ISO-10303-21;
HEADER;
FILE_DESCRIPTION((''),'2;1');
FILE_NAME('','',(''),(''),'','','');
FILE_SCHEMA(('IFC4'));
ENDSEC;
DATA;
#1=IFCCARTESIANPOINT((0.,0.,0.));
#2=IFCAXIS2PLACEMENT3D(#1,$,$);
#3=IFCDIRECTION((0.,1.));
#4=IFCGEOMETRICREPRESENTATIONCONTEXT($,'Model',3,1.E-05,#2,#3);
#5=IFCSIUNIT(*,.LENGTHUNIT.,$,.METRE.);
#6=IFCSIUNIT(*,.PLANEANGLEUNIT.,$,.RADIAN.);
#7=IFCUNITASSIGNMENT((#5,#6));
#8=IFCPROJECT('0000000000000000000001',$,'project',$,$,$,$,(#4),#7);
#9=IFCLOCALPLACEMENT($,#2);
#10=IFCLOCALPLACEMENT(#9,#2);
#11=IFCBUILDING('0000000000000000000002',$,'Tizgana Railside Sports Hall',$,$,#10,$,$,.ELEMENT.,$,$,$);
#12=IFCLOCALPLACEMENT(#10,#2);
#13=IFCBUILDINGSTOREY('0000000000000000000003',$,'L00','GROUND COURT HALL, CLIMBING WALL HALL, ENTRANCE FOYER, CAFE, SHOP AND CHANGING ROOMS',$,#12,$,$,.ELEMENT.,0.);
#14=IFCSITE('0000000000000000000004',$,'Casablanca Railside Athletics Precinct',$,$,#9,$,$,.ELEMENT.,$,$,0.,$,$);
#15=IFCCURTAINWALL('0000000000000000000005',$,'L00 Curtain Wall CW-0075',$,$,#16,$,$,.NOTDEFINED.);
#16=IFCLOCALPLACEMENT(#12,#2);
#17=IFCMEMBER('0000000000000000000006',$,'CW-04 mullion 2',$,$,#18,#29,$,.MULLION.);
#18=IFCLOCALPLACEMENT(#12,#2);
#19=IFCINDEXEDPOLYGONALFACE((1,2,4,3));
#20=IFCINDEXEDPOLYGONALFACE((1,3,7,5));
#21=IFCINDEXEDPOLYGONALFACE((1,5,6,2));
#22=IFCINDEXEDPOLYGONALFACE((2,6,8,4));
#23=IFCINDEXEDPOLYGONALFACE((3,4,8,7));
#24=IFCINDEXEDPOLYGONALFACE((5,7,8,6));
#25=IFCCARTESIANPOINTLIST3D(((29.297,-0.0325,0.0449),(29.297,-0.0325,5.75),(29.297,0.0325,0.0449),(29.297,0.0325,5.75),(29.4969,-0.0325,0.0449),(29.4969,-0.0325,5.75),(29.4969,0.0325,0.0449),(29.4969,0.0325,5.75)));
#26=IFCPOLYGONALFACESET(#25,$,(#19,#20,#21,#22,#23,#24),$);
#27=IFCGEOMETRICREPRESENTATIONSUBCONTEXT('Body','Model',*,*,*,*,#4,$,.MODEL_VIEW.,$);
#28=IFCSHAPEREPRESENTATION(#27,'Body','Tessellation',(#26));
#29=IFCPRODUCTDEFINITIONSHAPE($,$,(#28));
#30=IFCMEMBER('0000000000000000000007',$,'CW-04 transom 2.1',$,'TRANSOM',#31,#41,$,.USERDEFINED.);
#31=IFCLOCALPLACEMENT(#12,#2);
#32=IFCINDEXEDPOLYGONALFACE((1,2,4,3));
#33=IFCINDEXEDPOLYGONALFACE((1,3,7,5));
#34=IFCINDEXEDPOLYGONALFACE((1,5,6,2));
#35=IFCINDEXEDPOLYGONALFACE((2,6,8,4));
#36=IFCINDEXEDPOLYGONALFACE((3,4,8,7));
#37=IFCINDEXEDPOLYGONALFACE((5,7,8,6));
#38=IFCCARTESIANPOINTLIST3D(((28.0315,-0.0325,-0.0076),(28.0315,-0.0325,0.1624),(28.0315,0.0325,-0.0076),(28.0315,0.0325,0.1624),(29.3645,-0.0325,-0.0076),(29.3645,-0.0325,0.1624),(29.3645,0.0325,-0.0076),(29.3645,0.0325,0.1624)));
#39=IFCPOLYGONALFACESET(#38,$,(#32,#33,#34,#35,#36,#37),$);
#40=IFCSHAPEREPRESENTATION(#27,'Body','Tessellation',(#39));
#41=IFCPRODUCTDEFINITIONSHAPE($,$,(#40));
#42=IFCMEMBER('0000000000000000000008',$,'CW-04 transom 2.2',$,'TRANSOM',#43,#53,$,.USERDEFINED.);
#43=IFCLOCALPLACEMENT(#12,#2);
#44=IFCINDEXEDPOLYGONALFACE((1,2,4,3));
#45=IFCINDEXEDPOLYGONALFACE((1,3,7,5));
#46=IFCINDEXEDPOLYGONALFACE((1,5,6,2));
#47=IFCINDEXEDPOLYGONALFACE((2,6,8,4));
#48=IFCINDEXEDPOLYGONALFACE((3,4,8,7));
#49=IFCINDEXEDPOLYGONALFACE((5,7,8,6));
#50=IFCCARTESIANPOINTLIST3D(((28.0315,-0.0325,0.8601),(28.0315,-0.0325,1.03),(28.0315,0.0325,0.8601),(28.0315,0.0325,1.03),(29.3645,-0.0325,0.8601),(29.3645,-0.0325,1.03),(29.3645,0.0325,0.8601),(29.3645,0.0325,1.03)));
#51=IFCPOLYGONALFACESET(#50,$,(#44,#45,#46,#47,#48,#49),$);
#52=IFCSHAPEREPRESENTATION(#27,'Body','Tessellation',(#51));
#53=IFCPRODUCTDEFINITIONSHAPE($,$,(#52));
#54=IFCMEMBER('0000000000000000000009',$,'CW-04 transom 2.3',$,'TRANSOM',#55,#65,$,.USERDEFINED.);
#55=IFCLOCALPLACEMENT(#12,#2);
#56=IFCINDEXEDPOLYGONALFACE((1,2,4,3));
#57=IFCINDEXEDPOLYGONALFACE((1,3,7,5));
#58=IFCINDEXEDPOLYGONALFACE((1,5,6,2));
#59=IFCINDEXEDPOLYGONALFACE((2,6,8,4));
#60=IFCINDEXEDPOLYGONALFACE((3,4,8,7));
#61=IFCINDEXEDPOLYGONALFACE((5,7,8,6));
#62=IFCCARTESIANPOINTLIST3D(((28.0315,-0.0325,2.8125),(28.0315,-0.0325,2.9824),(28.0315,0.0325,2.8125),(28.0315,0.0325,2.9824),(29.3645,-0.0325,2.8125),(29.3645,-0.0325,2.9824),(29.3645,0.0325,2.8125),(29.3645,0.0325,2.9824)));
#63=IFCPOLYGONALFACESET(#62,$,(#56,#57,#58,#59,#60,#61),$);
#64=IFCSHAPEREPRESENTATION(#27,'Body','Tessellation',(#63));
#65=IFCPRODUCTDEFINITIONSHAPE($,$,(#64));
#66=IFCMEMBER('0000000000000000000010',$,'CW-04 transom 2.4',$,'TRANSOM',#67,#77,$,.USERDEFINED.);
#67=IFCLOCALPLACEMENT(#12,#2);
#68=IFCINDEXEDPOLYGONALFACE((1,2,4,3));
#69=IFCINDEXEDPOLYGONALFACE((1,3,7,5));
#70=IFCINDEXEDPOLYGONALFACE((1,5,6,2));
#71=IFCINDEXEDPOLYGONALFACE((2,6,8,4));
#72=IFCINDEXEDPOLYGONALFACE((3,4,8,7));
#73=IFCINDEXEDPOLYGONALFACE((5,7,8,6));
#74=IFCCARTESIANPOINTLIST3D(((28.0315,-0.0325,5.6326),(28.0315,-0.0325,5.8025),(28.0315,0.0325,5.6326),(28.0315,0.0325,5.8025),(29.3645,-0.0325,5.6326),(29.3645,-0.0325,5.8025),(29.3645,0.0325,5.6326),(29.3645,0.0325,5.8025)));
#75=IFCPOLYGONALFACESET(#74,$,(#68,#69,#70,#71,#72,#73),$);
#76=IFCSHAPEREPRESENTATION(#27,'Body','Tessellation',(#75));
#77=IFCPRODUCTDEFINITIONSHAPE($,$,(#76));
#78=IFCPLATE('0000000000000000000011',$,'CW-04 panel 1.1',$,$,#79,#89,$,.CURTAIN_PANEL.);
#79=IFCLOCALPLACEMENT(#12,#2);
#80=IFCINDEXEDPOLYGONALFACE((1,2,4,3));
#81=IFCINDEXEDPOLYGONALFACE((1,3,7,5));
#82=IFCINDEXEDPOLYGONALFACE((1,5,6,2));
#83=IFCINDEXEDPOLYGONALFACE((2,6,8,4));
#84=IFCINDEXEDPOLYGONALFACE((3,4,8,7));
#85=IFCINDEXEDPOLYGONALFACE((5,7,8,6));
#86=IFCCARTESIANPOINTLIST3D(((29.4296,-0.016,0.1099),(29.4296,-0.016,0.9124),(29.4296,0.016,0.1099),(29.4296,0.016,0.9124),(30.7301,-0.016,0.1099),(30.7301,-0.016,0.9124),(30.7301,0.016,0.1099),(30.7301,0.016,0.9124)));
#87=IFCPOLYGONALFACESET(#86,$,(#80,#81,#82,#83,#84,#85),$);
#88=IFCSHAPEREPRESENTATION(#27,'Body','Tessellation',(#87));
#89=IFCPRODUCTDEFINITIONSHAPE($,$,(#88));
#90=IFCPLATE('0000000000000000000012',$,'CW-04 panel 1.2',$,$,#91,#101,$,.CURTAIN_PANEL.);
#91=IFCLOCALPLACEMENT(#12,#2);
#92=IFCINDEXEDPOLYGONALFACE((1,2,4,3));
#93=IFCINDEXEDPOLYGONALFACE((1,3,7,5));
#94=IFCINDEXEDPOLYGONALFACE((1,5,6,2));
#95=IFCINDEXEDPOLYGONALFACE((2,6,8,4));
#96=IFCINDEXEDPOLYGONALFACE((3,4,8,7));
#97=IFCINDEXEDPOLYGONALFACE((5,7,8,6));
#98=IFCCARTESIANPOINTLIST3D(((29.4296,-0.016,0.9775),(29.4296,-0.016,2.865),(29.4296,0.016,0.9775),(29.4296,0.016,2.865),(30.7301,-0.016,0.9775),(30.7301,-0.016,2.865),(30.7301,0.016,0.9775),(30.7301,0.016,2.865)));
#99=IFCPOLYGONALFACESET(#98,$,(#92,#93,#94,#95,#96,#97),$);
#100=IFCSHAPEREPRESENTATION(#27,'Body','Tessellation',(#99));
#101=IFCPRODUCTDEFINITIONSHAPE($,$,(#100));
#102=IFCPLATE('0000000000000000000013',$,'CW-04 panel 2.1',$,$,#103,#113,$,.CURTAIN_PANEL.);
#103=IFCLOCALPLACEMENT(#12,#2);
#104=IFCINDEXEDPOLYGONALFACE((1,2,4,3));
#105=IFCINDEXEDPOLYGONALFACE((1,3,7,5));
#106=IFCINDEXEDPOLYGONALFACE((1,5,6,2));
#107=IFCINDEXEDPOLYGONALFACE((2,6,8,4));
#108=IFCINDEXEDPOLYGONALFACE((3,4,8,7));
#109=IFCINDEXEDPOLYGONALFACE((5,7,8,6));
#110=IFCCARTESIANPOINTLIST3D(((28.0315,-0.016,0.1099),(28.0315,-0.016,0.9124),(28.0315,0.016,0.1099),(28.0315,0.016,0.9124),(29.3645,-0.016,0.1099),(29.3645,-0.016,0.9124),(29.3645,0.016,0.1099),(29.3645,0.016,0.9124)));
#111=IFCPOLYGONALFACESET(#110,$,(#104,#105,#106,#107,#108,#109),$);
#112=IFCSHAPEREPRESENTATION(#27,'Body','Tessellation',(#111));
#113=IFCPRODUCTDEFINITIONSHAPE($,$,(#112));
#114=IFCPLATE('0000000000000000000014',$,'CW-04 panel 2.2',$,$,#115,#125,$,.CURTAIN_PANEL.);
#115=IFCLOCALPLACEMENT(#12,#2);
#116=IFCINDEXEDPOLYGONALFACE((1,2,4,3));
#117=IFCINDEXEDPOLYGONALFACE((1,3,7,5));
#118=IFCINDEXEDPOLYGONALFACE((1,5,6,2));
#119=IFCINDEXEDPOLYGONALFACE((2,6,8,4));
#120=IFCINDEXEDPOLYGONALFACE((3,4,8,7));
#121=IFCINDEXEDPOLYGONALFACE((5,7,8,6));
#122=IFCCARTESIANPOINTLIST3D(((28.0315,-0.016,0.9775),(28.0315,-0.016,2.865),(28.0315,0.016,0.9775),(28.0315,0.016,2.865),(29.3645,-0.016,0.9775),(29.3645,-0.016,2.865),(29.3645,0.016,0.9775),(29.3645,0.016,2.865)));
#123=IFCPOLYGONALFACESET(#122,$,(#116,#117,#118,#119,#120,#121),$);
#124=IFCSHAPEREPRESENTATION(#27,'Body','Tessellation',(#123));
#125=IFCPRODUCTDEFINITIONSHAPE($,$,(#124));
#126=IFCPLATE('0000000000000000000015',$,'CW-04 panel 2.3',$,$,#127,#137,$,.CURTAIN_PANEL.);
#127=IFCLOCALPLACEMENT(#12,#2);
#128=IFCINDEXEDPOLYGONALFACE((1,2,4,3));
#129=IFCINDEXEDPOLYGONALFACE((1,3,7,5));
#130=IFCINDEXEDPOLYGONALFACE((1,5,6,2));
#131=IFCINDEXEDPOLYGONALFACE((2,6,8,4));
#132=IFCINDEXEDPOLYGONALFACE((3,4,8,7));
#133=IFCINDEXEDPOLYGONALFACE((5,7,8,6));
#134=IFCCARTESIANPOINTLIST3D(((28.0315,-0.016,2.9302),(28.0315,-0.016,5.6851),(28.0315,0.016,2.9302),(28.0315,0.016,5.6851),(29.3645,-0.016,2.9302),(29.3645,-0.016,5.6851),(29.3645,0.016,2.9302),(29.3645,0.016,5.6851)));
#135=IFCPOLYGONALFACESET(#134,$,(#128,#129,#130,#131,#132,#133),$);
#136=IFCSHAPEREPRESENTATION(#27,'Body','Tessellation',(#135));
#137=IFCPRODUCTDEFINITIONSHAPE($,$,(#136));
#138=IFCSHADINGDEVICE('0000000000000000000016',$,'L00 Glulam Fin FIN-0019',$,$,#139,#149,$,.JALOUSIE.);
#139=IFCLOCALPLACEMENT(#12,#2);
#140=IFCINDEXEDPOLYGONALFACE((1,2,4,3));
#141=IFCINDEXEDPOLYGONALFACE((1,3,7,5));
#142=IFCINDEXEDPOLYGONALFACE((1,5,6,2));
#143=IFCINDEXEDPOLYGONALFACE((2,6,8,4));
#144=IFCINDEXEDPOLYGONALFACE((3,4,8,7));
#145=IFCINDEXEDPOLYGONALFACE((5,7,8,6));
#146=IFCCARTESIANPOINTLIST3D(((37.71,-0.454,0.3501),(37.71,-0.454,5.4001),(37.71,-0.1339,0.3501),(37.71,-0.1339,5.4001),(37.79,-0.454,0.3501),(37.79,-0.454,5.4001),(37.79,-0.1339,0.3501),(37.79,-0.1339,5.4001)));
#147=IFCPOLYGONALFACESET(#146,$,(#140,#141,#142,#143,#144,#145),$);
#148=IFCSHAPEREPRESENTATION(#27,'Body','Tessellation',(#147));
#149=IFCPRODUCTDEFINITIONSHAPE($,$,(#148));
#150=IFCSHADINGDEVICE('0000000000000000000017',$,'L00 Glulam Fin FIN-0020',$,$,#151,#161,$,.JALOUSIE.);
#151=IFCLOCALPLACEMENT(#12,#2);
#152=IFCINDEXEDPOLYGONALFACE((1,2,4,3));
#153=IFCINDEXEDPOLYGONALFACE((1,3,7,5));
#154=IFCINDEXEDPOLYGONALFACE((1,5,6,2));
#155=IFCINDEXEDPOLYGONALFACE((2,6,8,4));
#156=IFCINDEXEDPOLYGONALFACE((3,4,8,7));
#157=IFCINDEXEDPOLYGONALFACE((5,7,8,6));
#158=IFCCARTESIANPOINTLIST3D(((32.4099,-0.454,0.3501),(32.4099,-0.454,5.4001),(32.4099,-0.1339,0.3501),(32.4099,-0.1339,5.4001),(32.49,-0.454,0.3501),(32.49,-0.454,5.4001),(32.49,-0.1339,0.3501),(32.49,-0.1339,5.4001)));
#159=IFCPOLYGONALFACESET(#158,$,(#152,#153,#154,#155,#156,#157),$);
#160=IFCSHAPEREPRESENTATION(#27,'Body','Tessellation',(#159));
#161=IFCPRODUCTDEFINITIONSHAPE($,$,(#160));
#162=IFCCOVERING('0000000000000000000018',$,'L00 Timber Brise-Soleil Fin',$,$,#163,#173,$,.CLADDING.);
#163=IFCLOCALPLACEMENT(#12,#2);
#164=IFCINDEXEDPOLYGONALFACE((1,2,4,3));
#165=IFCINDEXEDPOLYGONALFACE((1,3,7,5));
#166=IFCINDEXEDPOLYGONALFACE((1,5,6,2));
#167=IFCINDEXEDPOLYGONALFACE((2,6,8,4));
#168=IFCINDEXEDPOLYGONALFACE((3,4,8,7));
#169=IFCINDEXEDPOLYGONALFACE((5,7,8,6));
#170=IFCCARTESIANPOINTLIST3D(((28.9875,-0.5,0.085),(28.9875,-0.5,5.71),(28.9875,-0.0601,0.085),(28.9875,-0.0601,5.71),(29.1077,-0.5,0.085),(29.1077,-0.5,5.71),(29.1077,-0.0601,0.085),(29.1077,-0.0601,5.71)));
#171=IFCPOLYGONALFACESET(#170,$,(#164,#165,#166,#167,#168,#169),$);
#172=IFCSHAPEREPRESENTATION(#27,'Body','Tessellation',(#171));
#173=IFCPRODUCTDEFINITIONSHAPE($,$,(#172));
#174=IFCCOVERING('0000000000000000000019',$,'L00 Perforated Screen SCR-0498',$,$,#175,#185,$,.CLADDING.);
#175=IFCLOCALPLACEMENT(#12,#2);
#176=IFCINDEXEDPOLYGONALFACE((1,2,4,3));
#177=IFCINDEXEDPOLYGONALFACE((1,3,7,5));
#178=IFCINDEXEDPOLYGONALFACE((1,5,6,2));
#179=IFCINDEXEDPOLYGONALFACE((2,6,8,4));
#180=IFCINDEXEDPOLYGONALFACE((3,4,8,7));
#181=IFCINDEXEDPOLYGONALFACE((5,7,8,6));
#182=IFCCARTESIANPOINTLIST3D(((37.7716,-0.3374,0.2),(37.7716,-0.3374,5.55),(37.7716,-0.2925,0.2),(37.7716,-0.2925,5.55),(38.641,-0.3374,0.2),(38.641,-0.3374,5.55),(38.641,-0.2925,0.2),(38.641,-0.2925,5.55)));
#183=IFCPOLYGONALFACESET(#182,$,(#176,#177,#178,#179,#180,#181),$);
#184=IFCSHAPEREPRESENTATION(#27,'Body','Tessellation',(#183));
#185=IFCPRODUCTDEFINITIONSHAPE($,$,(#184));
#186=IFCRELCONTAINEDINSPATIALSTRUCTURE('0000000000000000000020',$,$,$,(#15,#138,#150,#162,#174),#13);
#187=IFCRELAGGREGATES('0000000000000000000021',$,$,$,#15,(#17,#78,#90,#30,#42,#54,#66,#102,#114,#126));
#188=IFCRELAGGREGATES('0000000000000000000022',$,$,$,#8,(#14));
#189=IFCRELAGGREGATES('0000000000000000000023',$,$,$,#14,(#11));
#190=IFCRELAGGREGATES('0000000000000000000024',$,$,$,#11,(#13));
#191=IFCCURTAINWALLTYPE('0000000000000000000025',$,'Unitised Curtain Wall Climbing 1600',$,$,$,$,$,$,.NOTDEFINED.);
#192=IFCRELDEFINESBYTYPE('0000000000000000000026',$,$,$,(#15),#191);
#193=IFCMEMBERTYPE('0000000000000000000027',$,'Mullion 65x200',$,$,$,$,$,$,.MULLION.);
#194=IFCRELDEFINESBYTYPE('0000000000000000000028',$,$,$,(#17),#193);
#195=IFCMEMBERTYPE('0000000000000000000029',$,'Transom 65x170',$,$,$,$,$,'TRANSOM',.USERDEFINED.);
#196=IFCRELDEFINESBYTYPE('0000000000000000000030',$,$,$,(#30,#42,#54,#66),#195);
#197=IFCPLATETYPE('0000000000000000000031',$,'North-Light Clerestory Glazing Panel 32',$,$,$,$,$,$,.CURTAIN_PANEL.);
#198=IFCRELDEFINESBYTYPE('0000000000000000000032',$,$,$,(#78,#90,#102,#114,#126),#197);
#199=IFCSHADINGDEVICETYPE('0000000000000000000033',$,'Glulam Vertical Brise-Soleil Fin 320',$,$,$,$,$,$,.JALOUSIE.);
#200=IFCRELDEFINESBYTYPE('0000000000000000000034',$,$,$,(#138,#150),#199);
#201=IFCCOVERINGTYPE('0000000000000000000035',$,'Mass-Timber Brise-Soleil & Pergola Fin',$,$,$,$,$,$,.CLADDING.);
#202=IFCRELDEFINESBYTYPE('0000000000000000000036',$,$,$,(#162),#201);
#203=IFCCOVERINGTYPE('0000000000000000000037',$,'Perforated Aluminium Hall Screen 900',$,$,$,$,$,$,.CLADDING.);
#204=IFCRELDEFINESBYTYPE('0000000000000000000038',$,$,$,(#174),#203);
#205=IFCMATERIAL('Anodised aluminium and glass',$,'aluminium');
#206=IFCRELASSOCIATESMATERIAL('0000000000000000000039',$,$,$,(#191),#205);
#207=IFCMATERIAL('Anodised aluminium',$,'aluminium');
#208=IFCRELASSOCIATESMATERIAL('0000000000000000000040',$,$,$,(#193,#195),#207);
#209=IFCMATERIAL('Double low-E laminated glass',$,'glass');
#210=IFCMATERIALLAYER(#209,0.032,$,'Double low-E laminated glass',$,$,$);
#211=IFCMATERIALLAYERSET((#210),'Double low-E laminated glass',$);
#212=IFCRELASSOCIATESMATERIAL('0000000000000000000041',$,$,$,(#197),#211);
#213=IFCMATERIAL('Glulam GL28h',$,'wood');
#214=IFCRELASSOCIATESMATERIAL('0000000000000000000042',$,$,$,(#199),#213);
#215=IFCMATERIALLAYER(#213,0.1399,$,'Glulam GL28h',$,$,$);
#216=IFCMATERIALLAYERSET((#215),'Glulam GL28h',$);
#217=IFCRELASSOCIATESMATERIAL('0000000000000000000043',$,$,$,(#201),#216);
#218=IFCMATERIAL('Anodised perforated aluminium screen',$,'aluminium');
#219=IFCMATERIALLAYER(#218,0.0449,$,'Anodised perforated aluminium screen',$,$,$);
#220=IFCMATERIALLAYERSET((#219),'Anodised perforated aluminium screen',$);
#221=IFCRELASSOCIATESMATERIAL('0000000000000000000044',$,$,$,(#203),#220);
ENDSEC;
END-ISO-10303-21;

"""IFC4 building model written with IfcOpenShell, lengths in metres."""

from ifc_helpers import new_model, si_unit, direction, frame, origin, origin_2d, place, context, subcontext, project, spatial, rectangle, extrude, material, layer, layer_set, material_profile, profile_set, type_object, element, aggregate, save


model = new_model("IFC4")

# Units and contexts
model_context = context("Model", 3, precision=1e-05, world=origin(), true_north=direction((0.0, 1.0)))
body_context = subcontext(model_context, "Body", "Model", "MODEL_VIEW")
ifc_project = project(units=[si_unit("LENGTHUNIT", "METRE"), si_unit("PLANEANGLEUNIT", "RADIAN")], contexts=[model_context])

# Site, building, storey
site_placement = place(None, origin())
site = spatial("IfcSite", under=ifc_project, at=site_placement, Name="Casablanca Railside Athletics Precinct", CompositionType="ELEMENT", RefElevation=0.0)
building_placement = place(site_placement, origin())
building = spatial("IfcBuilding", under=site, at=building_placement, Name="Tizgana Railside Sports Hall", CompositionType="ELEMENT")
storey_placement = place(building_placement, origin())
storey = spatial("IfcBuildingStorey", under=building, at=storey_placement, Name="L00", Description="GROUND COURT HALL, CLIMBING WALL HALL, ENTRANCE FOYER, CAFE, SHOP AND CHANGING ROOMS", CompositionType="ELEMENT", Elevation=0.0)

# Curtain wall, members, plates
ifc_material_1 = material(Name="Anodised aluminium and glass", Category="aluminium")
curtain_wall_type = type_object("IfcCurtainWallType", Name="Unitised Curtain Wall Climbing 1600", PredefinedType="NOTDEFINED", material=ifc_material_1)
curtain_wall_placement = place(storey_placement, origin())
curtain_wall = element("IfcCurtainWall", 1, at=curtain_wall_placement, inside=storey, type_object=curtain_wall_type, Name="L00 Curtain Wall CW-0075", PredefinedType="NOTDEFINED")
ifc_material_2 = material(Name="Anodised aluminium", Category="aluminium")
ifc_material_profile_1 = material_profile(ifc_material_2, rectangle(XDim=0.0649, YDim=0.2, at=origin_2d()), Name="Mullion 65x200")
ifc_profile_set_1 = profile_set([ifc_material_profile_1], Name="Anodised aluminium")
member_type_1 = type_object("IfcMemberType", Name="Mullion 65x200", PredefinedType="MULLION", material=ifc_profile_set_1)
member_1_placement = place(storey_placement, frame((29.397, 0.0, 0.0449), z_axis=(0.0, 0.0, 1.0), x_axis=(0.0, -1.0, 0.0)))
member_1 = element("IfcMember", 2, at=member_1_placement, type_object=member_type_1, Name="CW-04 mullion 2", PredefinedType="MULLION", context=body_context, shape_type="SweptSolid", body=[
    extrude(rectangle(XDim=0.0649, YDim=0.2, at=origin_2d()), origin(), (0.0, 0.0, 1.0), 5.7051),
])
ifc_material_profile_2 = material_profile(ifc_material_2, rectangle(XDim=0.0649, YDim=0.1699, at=origin_2d()), Name="Transom 65x170")
ifc_profile_set_2 = profile_set([ifc_material_profile_2], Name="Anodised aluminium")
member_type_2 = type_object("IfcMemberType", Name="Transom 65x170", ElementType="TRANSOM", PredefinedType="USERDEFINED", material=ifc_profile_set_2)
member_2_placement = place(storey_placement, frame((29.3645, 0.0, 0.0774), z_axis=(-1.0, 0.0, 0.0), x_axis=(0.0, -1.0, 0.0)))
member_2 = element("IfcMember", 3, at=member_2_placement, type_object=member_type_2, Name="CW-04 transom 2.1", ObjectType="TRANSOM", PredefinedType="USERDEFINED", context=body_context, shape_type="SweptSolid", body=[
    extrude(rectangle(XDim=0.0649, YDim=0.1699, at=origin_2d()), origin(), (0.0, 0.0, 1.0), 1.333),
])
member_3_placement = place(storey_placement, frame((29.3645, 0.0, 0.9451), z_axis=(-1.0, 0.0, 0.0), x_axis=(0.0, -1.0, 0.0)))
member_3 = element("IfcMember", 4, at=member_3_placement, type_object=member_type_2, Name="CW-04 transom 2.2", ObjectType="TRANSOM", PredefinedType="USERDEFINED", context=body_context, shape_type="SweptSolid", body=[
    extrude(rectangle(XDim=0.0649, YDim=0.1699, at=origin_2d()), origin(), (0.0, 0.0, 1.0), 1.333),
])
member_4_placement = place(storey_placement, frame((29.3645, 0.0, 2.8975), z_axis=(-1.0, 0.0, 0.0), x_axis=(0.0, -1.0, 0.0)))
member_4 = element("IfcMember", 5, at=member_4_placement, type_object=member_type_2, Name="CW-04 transom 2.3", ObjectType="TRANSOM", PredefinedType="USERDEFINED", context=body_context, shape_type="SweptSolid", body=[
    extrude(rectangle(XDim=0.0649, YDim=0.1699, at=origin_2d()), origin(), (0.0, 0.0, 1.0), 1.333),
])
member_5_placement = place(storey_placement, frame((29.3645, 0.0, 5.7175), z_axis=(-1.0, 0.0, 0.0), x_axis=(0.0, -1.0, 0.0)))
member_5 = element("IfcMember", 6, at=member_5_placement, type_object=member_type_2, Name="CW-04 transom 2.4", ObjectType="TRANSOM", PredefinedType="USERDEFINED", context=body_context, shape_type="SweptSolid", body=[
    extrude(rectangle(XDim=0.0649, YDim=0.1699, at=origin_2d()), origin(), (0.0, 0.0, 1.0), 1.333),
])
ifc_material_3 = material(Name="Double low-E laminated glass", Category="glass")
ifc_layer_1 = layer(ifc_material_3, 0.032, Name="Double low-E laminated glass")
ifc_layer_set_1 = layer_set([ifc_layer_1], Name="Double low-E laminated glass")
plate_type = type_object("IfcPlateType", Name="North-Light Clerestory Glazing Panel 32", PredefinedType="CURTAIN_PANEL", material=ifc_layer_set_1)
plate_1_placement = place(storey_placement, frame((30.0798, 0.0, 0.1099), z_axis=(0.0, 0.0, 1.0), x_axis=(-1.0, 0.0, 0.0)))
plate_1 = element("IfcPlate", 7, at=plate_1_placement, type_object=plate_type, Name="CW-04 panel 1.1", PredefinedType="CURTAIN_PANEL", context=body_context, shape_type="SweptSolid", body=[
    extrude(rectangle(XDim=1.3005, YDim=0.032, at=origin_2d()), origin(), (0.0, 0.0, 1.0), 0.8025),
])
plate_2_placement = place(storey_placement, frame((30.0798, 0.0, 0.9775), z_axis=(0.0, 0.0, 1.0), x_axis=(-1.0, 0.0, 0.0)))
plate_2 = element("IfcPlate", 8, at=plate_2_placement, type_object=plate_type, Name="CW-04 panel 1.2", PredefinedType="CURTAIN_PANEL", context=body_context, shape_type="SweptSolid", body=[
    extrude(rectangle(XDim=1.3005, YDim=0.032, at=origin_2d()), origin(), (0.0, 0.0, 1.0), 1.8875),
])
plate_3_placement = place(storey_placement, frame((28.698, 0.0, 0.1099), z_axis=(0.0, 0.0, 1.0), x_axis=(-1.0, 0.0, 0.0)))
plate_3 = element("IfcPlate", 9, at=plate_3_placement, type_object=plate_type, Name="CW-04 panel 2.1", PredefinedType="CURTAIN_PANEL", context=body_context, shape_type="SweptSolid", body=[
    extrude(rectangle(XDim=1.333, YDim=0.032, at=origin_2d()), origin(), (0.0, 0.0, 1.0), 0.8025),
])
plate_4_placement = place(storey_placement, frame((28.698, 0.0, 0.9775), z_axis=(0.0, 0.0, 1.0), x_axis=(-1.0, 0.0, 0.0)))
plate_4 = element("IfcPlate", 10, at=plate_4_placement, type_object=plate_type, Name="CW-04 panel 2.2", PredefinedType="CURTAIN_PANEL", context=body_context, shape_type="SweptSolid", body=[
    extrude(rectangle(XDim=1.333, YDim=0.032, at=origin_2d()), origin(), (0.0, 0.0, 1.0), 1.8875),
])
plate_5_placement = place(storey_placement, frame((28.698, 0.0, 2.9302), z_axis=(0.0, 0.0, 1.0), x_axis=(-1.0, 0.0, 0.0)))
plate_5 = element("IfcPlate", 11, at=plate_5_placement, type_object=plate_type, Name="CW-04 panel 2.3", PredefinedType="CURTAIN_PANEL", context=body_context, shape_type="SweptSolid", body=[
    extrude(rectangle(XDim=1.333, YDim=0.032, at=origin_2d()), origin(), (0.0, 0.0, 1.0), 2.7549),
])
aggregate(curtain_wall, [member_1, plate_1, plate_2, member_2, member_3, member_4, member_5, plate_3, plate_4, plate_5])

# Shading devices
ifc_material_4 = material(Name="Glulam GL28h", Category="wood")
shading_device_type = type_object("IfcShadingDeviceType", Name="Glulam Vertical Brise-Soleil Fin 320", PredefinedType="JALOUSIE", material=ifc_material_4)
for number, where, z_axis, x_axis, name in (
    (12, (37.75, -0.2939, 0.3501), (0.0, 0.0, 1.0), (-1.0, 0.0, 0.0), "L00 Glulam Fin FIN-0019"),
    (13, (32.45, -0.2939, 0.3501), (0.0, 0.0, 1.0), (-1.0, 0.0, 0.0), "L00 Glulam Fin FIN-0020"),
):
    element("IfcShadingDevice", number, at=place(storey_placement, frame(where, z_axis=z_axis, x_axis=x_axis)), inside=storey, type_object=shading_device_type, Name=name, PredefinedType="JALOUSIE", context=body_context, shape_type="SweptSolid", body=[
        extrude(rectangle(XDim=0.0801, YDim=0.3201, at=origin_2d()), origin(), (0.0, 0.0, 1.0), 5.05),
    ])

# Coverings
ifc_layer_2 = layer(ifc_material_4, 0.1399, Name="Glulam GL28h")
ifc_layer_set_2 = layer_set([ifc_layer_2], Name="Glulam GL28h")
covering_type_1 = type_object("IfcCoveringType", Name="Mass-Timber Brise-Soleil & Pergola Fin", PredefinedType="CLADDING", material=ifc_layer_set_2)
covering_placement = place(storey_placement, frame((29.0476, -0.28, 0.085), z_axis=(0.0, 0.0, 1.0), x_axis=(-1.0, 0.0, 0.0)))
element("IfcCovering", 14, at=covering_placement, inside=storey, type_object=covering_type_1, Name="L00 Timber Brise-Soleil Fin", PredefinedType="CLADDING", context=body_context, shape_type="SweptSolid", body=[
    extrude(rectangle(XDim=0.1201, YDim=0.4399, at=origin_2d()), origin(), (0.0, 0.0, 1.0), 5.625),
])
ifc_material_5 = material(Name="Anodised perforated aluminium screen", Category="aluminium")
ifc_layer_3 = layer(ifc_material_5, 0.0449, Name="Anodised perforated aluminium screen")
ifc_layer_set_3 = layer_set([ifc_layer_3], Name="Anodised perforated aluminium screen")
covering_type_2 = type_object("IfcCoveringType", Name="Perforated Aluminium Hall Screen 900", PredefinedType="CLADDING", material=ifc_layer_set_3)
for number, where, z_axis, x_axis, name in (
    (15, (38.2063, -0.3149, 0.2), (0.0, 0.0, 1.0), (-1.0, 0.0, 0.0), "L00 Perforated Screen SCR-0498"),
):
    element("IfcCovering", number, at=place(storey_placement, frame(where, z_axis=z_axis, x_axis=x_axis)), inside=storey, type_object=covering_type_2, Name=name, PredefinedType="CLADDING", context=body_context, shape_type="SweptSolid", body=[
        extrude(rectangle(XDim=0.8694, YDim=0.0449, at=origin_2d()), origin(), (0.0, 0.0, 1.0), 5.3501),
    ])

save(model, "model.ifc")
